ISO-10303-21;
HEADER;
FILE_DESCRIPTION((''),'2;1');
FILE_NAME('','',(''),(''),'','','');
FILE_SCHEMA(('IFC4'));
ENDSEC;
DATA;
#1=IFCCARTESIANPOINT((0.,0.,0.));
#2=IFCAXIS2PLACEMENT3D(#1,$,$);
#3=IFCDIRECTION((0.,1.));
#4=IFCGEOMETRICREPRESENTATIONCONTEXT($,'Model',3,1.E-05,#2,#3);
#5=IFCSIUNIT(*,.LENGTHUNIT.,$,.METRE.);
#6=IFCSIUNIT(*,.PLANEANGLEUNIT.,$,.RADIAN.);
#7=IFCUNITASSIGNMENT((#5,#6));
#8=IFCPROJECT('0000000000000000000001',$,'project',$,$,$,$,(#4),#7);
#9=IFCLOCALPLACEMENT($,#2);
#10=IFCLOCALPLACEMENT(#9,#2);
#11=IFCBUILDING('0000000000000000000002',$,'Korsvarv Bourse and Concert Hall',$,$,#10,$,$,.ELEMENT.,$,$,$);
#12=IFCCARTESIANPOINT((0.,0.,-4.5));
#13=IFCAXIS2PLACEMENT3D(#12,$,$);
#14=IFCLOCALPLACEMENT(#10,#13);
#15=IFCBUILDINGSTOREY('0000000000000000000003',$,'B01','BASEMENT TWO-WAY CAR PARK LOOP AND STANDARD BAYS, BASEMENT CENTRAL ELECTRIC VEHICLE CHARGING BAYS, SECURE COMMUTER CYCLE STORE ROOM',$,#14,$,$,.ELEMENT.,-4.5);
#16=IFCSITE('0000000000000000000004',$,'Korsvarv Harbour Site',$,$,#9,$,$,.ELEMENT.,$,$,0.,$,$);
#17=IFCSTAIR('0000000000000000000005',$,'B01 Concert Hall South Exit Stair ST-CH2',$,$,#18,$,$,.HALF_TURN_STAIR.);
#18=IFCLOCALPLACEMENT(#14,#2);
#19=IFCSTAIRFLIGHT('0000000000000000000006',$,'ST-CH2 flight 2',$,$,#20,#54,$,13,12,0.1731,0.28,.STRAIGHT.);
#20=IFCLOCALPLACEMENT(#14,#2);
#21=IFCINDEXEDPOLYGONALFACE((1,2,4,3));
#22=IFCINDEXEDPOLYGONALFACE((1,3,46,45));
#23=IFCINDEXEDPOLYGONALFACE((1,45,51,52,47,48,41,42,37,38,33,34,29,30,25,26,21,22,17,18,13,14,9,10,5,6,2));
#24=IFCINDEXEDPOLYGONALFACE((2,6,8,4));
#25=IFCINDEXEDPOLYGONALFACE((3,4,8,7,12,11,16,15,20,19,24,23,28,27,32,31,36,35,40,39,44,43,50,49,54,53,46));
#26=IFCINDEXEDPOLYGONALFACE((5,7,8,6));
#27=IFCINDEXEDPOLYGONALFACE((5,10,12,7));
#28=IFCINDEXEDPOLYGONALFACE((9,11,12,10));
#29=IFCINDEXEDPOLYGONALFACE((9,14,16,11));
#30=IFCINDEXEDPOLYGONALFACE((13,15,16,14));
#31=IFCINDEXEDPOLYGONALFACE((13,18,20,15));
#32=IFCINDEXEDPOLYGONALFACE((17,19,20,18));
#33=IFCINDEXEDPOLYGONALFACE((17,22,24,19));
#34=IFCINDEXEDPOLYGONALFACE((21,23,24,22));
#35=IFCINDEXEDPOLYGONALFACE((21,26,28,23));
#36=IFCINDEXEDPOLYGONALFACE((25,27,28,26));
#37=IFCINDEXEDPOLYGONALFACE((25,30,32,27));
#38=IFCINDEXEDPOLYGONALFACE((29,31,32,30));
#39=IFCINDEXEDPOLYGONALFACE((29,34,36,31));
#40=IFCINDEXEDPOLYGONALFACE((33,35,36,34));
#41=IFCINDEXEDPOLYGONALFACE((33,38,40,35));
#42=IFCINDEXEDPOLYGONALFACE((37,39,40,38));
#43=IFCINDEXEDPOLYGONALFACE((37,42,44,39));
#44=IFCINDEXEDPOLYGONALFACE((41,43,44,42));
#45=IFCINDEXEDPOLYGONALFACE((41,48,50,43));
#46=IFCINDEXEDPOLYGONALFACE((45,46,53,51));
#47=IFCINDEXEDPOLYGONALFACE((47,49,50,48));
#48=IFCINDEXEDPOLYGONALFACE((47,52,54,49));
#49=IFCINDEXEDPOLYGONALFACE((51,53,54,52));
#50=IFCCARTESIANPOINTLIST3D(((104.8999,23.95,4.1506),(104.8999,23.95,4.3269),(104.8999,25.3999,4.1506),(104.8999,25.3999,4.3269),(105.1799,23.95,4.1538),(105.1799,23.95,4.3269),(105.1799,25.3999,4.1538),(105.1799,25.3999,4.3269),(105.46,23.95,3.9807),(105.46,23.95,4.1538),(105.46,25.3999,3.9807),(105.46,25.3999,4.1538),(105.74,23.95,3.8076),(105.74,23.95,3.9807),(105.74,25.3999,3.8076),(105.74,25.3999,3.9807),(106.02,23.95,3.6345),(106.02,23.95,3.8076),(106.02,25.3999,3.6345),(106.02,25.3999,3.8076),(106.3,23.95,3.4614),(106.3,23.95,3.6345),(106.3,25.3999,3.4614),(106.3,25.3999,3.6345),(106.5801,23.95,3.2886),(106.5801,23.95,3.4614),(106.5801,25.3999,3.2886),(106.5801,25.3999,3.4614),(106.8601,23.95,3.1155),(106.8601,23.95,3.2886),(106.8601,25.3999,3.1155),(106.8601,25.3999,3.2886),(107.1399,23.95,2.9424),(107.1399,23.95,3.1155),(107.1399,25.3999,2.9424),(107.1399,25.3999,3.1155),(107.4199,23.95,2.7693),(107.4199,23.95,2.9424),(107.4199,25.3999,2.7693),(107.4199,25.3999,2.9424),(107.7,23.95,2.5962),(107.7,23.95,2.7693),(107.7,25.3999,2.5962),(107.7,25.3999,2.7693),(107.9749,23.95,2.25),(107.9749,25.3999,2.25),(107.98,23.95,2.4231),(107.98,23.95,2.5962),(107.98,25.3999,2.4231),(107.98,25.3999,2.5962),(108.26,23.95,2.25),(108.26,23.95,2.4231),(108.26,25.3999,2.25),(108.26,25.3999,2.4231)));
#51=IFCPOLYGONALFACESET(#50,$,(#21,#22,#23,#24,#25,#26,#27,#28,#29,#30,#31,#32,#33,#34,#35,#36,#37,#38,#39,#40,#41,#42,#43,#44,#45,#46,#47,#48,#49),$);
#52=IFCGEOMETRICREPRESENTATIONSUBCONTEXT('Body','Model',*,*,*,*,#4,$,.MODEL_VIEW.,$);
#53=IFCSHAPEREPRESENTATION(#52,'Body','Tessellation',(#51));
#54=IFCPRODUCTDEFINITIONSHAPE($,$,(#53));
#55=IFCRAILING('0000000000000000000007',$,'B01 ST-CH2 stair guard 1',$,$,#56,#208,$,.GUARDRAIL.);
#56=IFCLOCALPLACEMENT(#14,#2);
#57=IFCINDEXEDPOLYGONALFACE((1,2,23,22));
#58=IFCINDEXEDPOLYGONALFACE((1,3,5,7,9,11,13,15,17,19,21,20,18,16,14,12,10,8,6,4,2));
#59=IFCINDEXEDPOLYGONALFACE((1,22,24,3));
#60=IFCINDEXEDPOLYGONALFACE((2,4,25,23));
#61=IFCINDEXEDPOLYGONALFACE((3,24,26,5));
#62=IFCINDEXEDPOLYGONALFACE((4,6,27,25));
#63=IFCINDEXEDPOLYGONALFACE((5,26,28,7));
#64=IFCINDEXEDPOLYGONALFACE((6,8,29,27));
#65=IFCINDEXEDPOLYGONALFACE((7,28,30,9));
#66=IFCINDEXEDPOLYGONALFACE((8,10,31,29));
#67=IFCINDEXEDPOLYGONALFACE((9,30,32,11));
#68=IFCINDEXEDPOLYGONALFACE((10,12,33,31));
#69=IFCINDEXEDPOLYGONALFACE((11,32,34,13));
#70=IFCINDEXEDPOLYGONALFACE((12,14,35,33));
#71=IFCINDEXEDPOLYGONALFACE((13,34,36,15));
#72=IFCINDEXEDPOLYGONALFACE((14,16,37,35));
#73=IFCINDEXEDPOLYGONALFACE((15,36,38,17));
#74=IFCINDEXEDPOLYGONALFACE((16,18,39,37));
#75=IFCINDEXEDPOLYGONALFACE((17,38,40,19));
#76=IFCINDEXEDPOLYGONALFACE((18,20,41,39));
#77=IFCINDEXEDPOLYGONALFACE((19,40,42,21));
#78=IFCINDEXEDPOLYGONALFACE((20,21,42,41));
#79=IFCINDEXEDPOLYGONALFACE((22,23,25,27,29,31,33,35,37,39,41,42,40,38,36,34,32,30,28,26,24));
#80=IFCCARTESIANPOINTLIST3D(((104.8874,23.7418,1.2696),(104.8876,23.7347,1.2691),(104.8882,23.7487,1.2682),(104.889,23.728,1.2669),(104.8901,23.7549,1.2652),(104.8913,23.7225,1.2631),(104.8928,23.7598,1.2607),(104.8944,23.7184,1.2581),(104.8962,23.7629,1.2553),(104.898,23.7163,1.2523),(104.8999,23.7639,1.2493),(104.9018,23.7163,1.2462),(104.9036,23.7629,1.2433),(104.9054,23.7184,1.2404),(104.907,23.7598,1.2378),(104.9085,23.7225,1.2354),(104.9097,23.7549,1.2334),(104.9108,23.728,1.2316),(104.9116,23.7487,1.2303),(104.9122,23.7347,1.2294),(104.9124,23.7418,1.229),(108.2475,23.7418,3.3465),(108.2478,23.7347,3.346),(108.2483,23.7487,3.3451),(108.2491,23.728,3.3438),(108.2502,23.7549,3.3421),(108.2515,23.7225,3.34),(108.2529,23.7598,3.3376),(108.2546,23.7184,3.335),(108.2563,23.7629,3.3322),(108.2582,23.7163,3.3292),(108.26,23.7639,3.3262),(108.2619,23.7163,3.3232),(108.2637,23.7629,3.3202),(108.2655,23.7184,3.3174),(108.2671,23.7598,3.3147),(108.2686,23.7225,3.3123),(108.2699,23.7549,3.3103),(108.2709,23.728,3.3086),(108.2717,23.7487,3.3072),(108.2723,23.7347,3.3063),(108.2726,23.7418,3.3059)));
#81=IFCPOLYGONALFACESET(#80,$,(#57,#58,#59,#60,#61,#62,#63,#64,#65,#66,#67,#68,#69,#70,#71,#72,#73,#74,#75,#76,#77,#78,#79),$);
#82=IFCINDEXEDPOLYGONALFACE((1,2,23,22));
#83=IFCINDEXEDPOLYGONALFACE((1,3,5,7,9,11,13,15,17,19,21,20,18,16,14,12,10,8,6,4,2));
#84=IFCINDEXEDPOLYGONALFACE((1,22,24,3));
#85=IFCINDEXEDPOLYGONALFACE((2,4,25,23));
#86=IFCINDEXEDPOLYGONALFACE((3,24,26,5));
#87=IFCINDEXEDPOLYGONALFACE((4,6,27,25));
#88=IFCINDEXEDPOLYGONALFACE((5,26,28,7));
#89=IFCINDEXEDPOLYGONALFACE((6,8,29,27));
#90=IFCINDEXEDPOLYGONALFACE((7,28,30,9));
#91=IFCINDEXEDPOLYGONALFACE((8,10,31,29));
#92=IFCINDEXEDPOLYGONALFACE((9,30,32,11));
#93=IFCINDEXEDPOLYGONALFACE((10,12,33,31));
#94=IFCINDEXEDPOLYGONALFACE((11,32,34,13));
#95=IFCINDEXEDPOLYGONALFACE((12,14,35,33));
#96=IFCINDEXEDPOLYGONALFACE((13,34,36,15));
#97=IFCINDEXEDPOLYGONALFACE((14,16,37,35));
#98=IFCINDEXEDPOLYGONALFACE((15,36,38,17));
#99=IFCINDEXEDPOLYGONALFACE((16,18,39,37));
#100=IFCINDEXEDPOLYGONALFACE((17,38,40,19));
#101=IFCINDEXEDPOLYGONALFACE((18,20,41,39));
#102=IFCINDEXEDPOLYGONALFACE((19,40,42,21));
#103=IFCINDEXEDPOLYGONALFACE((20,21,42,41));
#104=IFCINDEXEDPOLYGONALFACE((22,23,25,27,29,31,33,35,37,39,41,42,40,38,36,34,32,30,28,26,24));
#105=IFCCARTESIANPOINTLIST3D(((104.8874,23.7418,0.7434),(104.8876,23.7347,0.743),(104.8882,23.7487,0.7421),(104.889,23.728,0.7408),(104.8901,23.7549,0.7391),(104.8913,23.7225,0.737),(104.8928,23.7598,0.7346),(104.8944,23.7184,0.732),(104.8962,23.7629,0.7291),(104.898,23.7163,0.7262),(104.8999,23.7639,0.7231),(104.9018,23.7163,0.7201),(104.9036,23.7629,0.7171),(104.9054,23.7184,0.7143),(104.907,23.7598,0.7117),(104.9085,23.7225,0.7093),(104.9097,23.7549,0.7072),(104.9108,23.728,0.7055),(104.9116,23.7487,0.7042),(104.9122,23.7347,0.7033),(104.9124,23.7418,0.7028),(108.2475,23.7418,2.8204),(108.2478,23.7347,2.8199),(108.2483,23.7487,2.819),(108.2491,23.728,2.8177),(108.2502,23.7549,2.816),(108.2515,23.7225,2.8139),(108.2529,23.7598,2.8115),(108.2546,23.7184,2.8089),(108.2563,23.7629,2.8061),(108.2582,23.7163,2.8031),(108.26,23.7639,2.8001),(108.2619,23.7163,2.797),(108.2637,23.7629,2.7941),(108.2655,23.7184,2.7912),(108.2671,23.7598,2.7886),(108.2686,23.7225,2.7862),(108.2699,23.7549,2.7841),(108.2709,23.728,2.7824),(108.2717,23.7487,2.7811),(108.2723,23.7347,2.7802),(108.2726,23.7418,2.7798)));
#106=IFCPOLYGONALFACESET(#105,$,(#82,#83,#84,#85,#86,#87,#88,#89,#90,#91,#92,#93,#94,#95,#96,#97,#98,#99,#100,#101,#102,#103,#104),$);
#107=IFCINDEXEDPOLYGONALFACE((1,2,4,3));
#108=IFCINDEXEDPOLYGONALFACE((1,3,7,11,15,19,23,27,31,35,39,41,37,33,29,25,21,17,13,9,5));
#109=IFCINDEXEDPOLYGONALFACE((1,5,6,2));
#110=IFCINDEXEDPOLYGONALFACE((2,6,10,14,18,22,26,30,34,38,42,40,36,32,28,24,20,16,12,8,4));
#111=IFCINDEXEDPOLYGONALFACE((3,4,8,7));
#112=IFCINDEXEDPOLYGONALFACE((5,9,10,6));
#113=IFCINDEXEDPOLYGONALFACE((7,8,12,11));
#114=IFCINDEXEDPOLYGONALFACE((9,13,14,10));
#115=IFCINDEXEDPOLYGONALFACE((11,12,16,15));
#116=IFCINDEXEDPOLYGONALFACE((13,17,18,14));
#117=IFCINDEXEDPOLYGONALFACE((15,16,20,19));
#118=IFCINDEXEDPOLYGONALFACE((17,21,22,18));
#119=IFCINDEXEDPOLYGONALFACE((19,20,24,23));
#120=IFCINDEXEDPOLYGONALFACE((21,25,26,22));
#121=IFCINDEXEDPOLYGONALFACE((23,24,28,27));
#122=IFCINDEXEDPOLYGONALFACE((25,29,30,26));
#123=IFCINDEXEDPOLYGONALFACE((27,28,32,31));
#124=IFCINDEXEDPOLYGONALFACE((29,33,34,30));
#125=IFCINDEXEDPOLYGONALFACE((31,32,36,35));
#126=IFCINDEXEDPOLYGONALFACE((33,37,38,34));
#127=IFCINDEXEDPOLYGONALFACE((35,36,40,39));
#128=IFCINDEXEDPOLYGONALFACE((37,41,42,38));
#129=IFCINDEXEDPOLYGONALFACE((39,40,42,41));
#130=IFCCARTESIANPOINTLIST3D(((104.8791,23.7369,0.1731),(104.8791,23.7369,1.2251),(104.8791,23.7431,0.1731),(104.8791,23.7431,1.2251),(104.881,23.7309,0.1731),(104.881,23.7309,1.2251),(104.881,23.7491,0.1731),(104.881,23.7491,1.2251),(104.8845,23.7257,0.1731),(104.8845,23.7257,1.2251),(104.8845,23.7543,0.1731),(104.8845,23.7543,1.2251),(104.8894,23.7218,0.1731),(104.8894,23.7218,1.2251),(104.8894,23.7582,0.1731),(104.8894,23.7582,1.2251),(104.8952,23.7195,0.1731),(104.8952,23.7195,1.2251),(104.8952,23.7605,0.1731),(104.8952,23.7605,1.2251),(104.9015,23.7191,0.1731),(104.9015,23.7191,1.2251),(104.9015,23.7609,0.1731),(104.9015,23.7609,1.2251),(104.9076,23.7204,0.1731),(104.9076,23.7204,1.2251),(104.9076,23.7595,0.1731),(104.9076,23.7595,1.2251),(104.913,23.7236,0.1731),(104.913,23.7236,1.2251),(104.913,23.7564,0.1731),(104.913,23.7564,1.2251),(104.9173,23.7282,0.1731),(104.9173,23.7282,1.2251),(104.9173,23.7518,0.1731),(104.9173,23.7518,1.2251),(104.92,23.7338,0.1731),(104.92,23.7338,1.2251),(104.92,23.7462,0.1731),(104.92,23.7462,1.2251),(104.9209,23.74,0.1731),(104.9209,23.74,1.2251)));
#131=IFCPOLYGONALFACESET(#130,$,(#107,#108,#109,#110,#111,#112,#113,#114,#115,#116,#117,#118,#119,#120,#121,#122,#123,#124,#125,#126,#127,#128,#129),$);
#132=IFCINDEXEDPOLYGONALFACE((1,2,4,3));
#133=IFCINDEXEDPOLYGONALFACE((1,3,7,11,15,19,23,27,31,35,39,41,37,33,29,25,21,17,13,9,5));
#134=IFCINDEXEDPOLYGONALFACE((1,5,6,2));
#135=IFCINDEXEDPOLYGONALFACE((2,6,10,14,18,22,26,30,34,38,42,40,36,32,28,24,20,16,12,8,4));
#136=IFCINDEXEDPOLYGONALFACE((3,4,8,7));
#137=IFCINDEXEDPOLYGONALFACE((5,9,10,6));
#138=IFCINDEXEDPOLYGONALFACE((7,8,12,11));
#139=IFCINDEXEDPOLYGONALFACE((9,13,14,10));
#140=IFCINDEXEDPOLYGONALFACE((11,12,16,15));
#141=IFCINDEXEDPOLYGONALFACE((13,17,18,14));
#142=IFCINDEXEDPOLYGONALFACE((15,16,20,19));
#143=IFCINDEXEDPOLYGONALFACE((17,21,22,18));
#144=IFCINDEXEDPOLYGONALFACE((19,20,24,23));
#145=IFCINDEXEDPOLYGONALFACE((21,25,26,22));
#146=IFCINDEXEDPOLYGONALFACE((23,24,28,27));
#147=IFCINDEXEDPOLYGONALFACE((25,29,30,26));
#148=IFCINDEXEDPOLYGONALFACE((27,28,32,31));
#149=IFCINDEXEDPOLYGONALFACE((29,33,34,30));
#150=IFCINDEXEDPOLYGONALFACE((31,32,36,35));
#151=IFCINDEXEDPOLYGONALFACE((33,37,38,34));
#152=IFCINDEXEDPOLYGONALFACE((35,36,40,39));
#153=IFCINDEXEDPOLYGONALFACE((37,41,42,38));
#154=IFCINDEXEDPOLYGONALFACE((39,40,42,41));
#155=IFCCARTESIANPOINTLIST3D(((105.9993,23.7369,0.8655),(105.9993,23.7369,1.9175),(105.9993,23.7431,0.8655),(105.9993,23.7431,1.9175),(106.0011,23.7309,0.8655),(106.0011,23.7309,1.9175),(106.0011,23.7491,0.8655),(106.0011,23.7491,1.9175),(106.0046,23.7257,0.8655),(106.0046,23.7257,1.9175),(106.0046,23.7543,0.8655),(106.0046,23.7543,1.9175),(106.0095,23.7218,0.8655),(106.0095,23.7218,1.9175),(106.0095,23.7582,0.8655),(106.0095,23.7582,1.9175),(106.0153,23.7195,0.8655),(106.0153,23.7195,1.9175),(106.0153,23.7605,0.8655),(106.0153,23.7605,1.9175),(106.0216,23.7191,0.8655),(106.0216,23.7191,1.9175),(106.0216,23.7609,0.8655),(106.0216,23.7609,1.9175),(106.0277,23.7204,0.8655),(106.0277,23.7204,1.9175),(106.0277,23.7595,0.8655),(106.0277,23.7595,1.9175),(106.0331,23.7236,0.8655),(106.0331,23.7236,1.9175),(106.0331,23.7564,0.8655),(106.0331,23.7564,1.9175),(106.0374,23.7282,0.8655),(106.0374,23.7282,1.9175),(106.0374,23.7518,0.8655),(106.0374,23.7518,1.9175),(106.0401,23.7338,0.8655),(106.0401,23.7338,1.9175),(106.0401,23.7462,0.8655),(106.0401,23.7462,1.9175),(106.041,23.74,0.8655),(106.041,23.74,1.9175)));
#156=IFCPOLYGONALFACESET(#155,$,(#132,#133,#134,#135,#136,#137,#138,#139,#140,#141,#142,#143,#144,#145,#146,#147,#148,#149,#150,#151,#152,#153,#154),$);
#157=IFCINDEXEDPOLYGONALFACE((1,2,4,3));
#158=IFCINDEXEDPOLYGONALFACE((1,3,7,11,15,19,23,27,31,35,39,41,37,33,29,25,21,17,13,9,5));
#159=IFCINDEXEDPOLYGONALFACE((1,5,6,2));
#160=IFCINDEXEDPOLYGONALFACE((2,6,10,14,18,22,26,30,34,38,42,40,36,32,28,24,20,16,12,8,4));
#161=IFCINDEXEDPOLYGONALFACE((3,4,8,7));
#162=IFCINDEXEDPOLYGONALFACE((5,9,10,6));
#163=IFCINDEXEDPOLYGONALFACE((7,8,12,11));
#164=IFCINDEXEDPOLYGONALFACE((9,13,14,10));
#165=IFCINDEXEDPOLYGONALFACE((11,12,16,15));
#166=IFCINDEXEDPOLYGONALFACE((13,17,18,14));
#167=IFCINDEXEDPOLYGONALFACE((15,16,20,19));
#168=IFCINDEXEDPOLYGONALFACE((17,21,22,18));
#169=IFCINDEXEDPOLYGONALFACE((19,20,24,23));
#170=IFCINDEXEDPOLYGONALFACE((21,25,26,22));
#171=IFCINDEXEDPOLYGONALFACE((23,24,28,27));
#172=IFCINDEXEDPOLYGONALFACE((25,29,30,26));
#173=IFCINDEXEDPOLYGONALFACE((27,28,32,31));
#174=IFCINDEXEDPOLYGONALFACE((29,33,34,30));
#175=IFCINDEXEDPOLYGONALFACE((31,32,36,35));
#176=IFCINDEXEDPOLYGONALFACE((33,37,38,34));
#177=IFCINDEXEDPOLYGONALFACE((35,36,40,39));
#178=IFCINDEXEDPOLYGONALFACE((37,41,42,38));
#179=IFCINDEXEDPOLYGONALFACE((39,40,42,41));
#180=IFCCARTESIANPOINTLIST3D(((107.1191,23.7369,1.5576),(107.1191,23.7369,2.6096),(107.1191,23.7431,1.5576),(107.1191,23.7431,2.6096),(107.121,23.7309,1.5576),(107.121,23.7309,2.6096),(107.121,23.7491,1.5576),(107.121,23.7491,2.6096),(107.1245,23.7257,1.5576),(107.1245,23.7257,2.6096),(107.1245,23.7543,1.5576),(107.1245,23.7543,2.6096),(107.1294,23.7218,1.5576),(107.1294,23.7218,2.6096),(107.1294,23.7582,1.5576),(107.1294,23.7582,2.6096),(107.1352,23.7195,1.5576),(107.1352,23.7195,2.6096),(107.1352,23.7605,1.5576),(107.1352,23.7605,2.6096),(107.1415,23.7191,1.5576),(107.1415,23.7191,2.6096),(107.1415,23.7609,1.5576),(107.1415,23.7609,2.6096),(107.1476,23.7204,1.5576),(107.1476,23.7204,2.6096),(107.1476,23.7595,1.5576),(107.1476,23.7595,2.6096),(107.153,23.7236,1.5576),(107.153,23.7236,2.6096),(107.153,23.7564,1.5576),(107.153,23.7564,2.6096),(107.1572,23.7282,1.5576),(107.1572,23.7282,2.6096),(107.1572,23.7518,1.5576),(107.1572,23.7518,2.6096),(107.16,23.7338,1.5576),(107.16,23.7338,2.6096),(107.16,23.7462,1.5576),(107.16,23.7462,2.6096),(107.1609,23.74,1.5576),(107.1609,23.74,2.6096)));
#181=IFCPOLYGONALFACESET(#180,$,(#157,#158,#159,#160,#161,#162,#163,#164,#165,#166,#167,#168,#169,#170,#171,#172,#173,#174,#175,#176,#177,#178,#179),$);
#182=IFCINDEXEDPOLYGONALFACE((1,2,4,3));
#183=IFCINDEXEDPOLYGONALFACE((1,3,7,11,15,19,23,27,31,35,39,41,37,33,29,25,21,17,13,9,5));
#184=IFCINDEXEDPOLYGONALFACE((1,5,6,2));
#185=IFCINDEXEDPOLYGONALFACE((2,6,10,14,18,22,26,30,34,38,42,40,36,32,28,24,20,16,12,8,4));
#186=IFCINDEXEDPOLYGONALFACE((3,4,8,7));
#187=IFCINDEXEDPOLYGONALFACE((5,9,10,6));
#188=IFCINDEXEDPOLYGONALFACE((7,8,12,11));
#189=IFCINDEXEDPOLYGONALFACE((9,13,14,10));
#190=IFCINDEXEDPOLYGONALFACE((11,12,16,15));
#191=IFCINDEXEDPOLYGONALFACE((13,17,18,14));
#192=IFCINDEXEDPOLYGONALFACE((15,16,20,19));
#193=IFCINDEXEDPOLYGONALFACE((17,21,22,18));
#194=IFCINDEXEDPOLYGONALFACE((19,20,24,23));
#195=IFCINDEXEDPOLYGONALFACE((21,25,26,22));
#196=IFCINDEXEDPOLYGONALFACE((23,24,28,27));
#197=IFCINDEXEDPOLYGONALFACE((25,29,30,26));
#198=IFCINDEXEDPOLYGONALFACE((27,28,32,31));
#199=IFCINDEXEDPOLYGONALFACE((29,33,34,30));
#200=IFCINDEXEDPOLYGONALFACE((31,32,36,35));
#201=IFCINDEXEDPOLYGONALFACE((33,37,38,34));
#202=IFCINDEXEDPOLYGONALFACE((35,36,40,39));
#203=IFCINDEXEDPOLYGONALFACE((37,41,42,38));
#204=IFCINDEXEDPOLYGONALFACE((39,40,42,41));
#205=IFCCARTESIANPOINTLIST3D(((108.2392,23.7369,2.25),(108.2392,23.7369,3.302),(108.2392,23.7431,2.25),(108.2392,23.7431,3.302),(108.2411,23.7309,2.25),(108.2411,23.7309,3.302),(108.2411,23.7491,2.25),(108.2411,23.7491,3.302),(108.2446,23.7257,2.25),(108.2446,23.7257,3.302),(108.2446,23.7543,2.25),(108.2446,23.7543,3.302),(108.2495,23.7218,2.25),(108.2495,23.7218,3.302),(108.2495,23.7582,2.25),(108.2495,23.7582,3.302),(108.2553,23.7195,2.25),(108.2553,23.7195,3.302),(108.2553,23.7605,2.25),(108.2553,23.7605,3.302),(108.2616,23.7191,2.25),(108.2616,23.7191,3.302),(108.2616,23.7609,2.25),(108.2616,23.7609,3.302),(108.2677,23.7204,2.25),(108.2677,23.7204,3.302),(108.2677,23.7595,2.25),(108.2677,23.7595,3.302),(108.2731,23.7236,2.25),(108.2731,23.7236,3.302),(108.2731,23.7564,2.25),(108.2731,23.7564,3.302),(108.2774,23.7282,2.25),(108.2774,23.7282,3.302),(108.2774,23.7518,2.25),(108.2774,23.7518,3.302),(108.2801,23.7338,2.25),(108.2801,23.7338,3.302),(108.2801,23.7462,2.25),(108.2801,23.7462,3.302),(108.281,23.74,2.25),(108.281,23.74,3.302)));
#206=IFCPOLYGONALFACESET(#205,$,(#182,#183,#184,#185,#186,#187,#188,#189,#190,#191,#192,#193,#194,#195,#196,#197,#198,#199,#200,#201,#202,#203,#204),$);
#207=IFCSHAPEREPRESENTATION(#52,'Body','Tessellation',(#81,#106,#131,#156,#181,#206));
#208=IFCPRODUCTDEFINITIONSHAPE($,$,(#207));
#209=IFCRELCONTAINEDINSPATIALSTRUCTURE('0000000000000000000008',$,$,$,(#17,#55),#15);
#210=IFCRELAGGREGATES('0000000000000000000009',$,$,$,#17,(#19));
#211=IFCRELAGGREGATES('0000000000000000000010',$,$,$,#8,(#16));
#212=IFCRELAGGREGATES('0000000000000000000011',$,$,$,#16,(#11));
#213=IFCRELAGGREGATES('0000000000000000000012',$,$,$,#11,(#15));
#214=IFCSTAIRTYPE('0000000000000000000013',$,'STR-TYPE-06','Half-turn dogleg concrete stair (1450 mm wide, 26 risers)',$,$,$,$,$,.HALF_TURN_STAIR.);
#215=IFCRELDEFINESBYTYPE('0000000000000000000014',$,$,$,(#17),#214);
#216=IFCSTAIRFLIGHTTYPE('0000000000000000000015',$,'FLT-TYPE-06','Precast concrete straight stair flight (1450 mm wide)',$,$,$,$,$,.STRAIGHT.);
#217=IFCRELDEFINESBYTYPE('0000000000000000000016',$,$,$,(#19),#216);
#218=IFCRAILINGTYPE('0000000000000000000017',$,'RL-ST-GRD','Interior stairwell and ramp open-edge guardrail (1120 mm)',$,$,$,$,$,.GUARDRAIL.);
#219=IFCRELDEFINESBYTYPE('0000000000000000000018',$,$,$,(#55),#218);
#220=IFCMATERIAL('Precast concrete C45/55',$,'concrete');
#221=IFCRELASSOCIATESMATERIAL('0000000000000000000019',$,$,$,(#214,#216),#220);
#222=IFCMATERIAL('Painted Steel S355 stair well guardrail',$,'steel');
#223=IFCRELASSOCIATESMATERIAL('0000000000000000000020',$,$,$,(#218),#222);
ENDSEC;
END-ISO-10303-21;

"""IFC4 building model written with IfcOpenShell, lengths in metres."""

from ifc_helpers import new_model, si_unit, direction, frame, origin, origin_2d, place, context, subcontext, project, spatial, polyline, circle, outline, extrude, material, type_object, element, aggregate, save


model = new_model("IFC4")

# Units and contexts
model_context = context("Model", 3, precision=1e-05, world=origin(), true_north=direction((0.0, 1.0)))
body_context = subcontext(model_context, "Body", "Model", "MODEL_VIEW")
ifc_project = project(units=[si_unit("LENGTHUNIT", "METRE"), si_unit("PLANEANGLEUNIT", "RADIAN")], contexts=[model_context])

# Site, building, storey
site_placement = place(None, origin())
site = spatial("IfcSite", under=ifc_project, at=site_placement, Name="Korsvarv Harbour Site", CompositionType="ELEMENT", RefElevation=0.0)
building_placement = place(site_placement, origin())
building = spatial("IfcBuilding", under=site, at=building_placement, Name="Korsvarv Bourse and Concert Hall", CompositionType="ELEMENT")
storey_placement = place(building_placement, frame((0.0, 0.0, -4.5)))
storey = spatial("IfcBuildingStorey", under=building, at=storey_placement, Name="B01", Description="BASEMENT TWO-WAY CAR PARK LOOP AND STANDARD BAYS, BASEMENT CENTRAL ELECTRIC VEHICLE CHARGING BAYS, SECURE COMMUTER CYCLE STORE ROOM", CompositionType="ELEMENT", Elevation=-4.5)

# Stair, stair flight
ifc_material_1 = material(Name="Precast concrete C45/55", Category="concrete")
stair_type = type_object("IfcStairType", Name="STR-TYPE-06", Description="Half-turn dogleg concrete stair (1450 mm wide, 26 risers)", PredefinedType="HALF_TURN_STAIR", material=ifc_material_1)
stair_placement = place(storey_placement, origin())
stair = element("IfcStair", 1, at=stair_placement, inside=storey, type_object=stair_type, Name="B01 Concert Hall South Exit Stair ST-CH2", PredefinedType="HALF_TURN_STAIR")
stair_flight_type = type_object("IfcStairFlightType", Name="FLT-TYPE-06", Description="Precast concrete straight stair flight (1450 mm wide)", PredefinedType="STRAIGHT", material=ifc_material_1)
stair_flight_1_placement = place(storey_placement, frame((108.26, 24.675, 2.25), z_axis=(0.0, 0.0, 1.0), x_axis=(-1.0, 0.0, 0.0)))
stair_flight_1 = element("IfcStairFlight", 2, at=stair_flight_1_placement, type_object=stair_flight_type, Name="ST-CH2 flight 2", NumberOfRisers=13, NumberOfTreads=12, PredefinedType="STRAIGHT", RiserHeight=0.1731, TreadLength=0.28, context=body_context, shape_type="SweptSolid", body=[
    extrude(outline(polyline([(0.0, 0.0), (0.0, 0.1731), (0.28, 0.1731), (0.28, 0.3462), (0.5601, 0.3462), (0.5601, 0.5193), (0.8401, 0.5193), (0.8401, 0.6924), (1.1201, 0.6924), (1.1201, 0.8655), (1.3999, 0.8655), (1.3999, 1.0386), (1.6799, 1.0386), (1.6799, 1.2114), (1.96, 1.2114), (1.96, 1.3845), (2.24, 1.3845), (2.24, 1.5576), (2.52, 1.5576), (2.52, 1.7307), (2.8, 1.7307), (2.8, 1.9038), (3.0801, 1.9038), (3.0801, 2.0769), (3.3601, 2.0769), (3.3601, 2.25), (3.3601, 1.9006), (0.2852, 0.0), (0.0, 0.0)])), frame((0.0, 0.7251, 0.0), z_axis=(0.0, -1.0, 0.0), x_axis=(1.0, 0.0, 0.0)), (0.0, 0.0, 1.0), 1.45),
])
aggregate(stair, [stair_flight_1])

# Railing
ifc_material_2 = material(Name="Painted Steel S355 stair well guardrail", Category="steel")
railing_type_1 = type_object("IfcRailingType", Name="RL-ST-GRD", Description="Interior stairwell and ramp open-edge guardrail (1120 mm)", PredefinedType="GUARDRAIL", material=ifc_material_2)
railing_1_placement = place(storey_placement, frame((104.8999, 23.74, 0.1731)))
element("IfcRailing", 3, at=railing_1_placement, inside=storey, type_object=railing_type_1, Name="B01 ST-CH2 stair guard 1", PredefinedType="GUARDRAIL", context=body_context, shape_type="SweptSolid", body=[
    extrude(circle(Radius=0.0239, at=origin_2d()), frame((0.0, 0.0, 1.0762), z_axis=(0.850623, 0.0, 0.525776), x_axis=(0.0, 1.0, 0.0)), (0.0, 0.0, 1.0), 3.9502),
    extrude(circle(Radius=0.0239, at=origin_2d()), frame((0.0, 0.0, 0.55), z_axis=(0.850623, 0.0, 0.525776), x_axis=(0.0, 1.0, 0.0)), (0.0, 0.0, 1.0), 3.9502),
    extrude(circle(Radius=0.021, at=origin_2d()), origin(), (0.0, 0.0, 1.0), 1.052),
    extrude(circle(Radius=0.021, at=origin_2d()), frame((1.1201, 0.0, 0.6924)), (0.0, 0.0, 1.0), 1.052),
    extrude(circle(Radius=0.021, at=origin_2d()), frame((2.24, 0.0, 1.3845)), (0.0, 0.0, 1.0), 1.052),
    extrude(circle(Radius=0.021, at=origin_2d()), frame((3.3601, 0.0, 2.0769)), (0.0, 0.0, 1.0), 1.052),
])

save(model, "model.ifc")
